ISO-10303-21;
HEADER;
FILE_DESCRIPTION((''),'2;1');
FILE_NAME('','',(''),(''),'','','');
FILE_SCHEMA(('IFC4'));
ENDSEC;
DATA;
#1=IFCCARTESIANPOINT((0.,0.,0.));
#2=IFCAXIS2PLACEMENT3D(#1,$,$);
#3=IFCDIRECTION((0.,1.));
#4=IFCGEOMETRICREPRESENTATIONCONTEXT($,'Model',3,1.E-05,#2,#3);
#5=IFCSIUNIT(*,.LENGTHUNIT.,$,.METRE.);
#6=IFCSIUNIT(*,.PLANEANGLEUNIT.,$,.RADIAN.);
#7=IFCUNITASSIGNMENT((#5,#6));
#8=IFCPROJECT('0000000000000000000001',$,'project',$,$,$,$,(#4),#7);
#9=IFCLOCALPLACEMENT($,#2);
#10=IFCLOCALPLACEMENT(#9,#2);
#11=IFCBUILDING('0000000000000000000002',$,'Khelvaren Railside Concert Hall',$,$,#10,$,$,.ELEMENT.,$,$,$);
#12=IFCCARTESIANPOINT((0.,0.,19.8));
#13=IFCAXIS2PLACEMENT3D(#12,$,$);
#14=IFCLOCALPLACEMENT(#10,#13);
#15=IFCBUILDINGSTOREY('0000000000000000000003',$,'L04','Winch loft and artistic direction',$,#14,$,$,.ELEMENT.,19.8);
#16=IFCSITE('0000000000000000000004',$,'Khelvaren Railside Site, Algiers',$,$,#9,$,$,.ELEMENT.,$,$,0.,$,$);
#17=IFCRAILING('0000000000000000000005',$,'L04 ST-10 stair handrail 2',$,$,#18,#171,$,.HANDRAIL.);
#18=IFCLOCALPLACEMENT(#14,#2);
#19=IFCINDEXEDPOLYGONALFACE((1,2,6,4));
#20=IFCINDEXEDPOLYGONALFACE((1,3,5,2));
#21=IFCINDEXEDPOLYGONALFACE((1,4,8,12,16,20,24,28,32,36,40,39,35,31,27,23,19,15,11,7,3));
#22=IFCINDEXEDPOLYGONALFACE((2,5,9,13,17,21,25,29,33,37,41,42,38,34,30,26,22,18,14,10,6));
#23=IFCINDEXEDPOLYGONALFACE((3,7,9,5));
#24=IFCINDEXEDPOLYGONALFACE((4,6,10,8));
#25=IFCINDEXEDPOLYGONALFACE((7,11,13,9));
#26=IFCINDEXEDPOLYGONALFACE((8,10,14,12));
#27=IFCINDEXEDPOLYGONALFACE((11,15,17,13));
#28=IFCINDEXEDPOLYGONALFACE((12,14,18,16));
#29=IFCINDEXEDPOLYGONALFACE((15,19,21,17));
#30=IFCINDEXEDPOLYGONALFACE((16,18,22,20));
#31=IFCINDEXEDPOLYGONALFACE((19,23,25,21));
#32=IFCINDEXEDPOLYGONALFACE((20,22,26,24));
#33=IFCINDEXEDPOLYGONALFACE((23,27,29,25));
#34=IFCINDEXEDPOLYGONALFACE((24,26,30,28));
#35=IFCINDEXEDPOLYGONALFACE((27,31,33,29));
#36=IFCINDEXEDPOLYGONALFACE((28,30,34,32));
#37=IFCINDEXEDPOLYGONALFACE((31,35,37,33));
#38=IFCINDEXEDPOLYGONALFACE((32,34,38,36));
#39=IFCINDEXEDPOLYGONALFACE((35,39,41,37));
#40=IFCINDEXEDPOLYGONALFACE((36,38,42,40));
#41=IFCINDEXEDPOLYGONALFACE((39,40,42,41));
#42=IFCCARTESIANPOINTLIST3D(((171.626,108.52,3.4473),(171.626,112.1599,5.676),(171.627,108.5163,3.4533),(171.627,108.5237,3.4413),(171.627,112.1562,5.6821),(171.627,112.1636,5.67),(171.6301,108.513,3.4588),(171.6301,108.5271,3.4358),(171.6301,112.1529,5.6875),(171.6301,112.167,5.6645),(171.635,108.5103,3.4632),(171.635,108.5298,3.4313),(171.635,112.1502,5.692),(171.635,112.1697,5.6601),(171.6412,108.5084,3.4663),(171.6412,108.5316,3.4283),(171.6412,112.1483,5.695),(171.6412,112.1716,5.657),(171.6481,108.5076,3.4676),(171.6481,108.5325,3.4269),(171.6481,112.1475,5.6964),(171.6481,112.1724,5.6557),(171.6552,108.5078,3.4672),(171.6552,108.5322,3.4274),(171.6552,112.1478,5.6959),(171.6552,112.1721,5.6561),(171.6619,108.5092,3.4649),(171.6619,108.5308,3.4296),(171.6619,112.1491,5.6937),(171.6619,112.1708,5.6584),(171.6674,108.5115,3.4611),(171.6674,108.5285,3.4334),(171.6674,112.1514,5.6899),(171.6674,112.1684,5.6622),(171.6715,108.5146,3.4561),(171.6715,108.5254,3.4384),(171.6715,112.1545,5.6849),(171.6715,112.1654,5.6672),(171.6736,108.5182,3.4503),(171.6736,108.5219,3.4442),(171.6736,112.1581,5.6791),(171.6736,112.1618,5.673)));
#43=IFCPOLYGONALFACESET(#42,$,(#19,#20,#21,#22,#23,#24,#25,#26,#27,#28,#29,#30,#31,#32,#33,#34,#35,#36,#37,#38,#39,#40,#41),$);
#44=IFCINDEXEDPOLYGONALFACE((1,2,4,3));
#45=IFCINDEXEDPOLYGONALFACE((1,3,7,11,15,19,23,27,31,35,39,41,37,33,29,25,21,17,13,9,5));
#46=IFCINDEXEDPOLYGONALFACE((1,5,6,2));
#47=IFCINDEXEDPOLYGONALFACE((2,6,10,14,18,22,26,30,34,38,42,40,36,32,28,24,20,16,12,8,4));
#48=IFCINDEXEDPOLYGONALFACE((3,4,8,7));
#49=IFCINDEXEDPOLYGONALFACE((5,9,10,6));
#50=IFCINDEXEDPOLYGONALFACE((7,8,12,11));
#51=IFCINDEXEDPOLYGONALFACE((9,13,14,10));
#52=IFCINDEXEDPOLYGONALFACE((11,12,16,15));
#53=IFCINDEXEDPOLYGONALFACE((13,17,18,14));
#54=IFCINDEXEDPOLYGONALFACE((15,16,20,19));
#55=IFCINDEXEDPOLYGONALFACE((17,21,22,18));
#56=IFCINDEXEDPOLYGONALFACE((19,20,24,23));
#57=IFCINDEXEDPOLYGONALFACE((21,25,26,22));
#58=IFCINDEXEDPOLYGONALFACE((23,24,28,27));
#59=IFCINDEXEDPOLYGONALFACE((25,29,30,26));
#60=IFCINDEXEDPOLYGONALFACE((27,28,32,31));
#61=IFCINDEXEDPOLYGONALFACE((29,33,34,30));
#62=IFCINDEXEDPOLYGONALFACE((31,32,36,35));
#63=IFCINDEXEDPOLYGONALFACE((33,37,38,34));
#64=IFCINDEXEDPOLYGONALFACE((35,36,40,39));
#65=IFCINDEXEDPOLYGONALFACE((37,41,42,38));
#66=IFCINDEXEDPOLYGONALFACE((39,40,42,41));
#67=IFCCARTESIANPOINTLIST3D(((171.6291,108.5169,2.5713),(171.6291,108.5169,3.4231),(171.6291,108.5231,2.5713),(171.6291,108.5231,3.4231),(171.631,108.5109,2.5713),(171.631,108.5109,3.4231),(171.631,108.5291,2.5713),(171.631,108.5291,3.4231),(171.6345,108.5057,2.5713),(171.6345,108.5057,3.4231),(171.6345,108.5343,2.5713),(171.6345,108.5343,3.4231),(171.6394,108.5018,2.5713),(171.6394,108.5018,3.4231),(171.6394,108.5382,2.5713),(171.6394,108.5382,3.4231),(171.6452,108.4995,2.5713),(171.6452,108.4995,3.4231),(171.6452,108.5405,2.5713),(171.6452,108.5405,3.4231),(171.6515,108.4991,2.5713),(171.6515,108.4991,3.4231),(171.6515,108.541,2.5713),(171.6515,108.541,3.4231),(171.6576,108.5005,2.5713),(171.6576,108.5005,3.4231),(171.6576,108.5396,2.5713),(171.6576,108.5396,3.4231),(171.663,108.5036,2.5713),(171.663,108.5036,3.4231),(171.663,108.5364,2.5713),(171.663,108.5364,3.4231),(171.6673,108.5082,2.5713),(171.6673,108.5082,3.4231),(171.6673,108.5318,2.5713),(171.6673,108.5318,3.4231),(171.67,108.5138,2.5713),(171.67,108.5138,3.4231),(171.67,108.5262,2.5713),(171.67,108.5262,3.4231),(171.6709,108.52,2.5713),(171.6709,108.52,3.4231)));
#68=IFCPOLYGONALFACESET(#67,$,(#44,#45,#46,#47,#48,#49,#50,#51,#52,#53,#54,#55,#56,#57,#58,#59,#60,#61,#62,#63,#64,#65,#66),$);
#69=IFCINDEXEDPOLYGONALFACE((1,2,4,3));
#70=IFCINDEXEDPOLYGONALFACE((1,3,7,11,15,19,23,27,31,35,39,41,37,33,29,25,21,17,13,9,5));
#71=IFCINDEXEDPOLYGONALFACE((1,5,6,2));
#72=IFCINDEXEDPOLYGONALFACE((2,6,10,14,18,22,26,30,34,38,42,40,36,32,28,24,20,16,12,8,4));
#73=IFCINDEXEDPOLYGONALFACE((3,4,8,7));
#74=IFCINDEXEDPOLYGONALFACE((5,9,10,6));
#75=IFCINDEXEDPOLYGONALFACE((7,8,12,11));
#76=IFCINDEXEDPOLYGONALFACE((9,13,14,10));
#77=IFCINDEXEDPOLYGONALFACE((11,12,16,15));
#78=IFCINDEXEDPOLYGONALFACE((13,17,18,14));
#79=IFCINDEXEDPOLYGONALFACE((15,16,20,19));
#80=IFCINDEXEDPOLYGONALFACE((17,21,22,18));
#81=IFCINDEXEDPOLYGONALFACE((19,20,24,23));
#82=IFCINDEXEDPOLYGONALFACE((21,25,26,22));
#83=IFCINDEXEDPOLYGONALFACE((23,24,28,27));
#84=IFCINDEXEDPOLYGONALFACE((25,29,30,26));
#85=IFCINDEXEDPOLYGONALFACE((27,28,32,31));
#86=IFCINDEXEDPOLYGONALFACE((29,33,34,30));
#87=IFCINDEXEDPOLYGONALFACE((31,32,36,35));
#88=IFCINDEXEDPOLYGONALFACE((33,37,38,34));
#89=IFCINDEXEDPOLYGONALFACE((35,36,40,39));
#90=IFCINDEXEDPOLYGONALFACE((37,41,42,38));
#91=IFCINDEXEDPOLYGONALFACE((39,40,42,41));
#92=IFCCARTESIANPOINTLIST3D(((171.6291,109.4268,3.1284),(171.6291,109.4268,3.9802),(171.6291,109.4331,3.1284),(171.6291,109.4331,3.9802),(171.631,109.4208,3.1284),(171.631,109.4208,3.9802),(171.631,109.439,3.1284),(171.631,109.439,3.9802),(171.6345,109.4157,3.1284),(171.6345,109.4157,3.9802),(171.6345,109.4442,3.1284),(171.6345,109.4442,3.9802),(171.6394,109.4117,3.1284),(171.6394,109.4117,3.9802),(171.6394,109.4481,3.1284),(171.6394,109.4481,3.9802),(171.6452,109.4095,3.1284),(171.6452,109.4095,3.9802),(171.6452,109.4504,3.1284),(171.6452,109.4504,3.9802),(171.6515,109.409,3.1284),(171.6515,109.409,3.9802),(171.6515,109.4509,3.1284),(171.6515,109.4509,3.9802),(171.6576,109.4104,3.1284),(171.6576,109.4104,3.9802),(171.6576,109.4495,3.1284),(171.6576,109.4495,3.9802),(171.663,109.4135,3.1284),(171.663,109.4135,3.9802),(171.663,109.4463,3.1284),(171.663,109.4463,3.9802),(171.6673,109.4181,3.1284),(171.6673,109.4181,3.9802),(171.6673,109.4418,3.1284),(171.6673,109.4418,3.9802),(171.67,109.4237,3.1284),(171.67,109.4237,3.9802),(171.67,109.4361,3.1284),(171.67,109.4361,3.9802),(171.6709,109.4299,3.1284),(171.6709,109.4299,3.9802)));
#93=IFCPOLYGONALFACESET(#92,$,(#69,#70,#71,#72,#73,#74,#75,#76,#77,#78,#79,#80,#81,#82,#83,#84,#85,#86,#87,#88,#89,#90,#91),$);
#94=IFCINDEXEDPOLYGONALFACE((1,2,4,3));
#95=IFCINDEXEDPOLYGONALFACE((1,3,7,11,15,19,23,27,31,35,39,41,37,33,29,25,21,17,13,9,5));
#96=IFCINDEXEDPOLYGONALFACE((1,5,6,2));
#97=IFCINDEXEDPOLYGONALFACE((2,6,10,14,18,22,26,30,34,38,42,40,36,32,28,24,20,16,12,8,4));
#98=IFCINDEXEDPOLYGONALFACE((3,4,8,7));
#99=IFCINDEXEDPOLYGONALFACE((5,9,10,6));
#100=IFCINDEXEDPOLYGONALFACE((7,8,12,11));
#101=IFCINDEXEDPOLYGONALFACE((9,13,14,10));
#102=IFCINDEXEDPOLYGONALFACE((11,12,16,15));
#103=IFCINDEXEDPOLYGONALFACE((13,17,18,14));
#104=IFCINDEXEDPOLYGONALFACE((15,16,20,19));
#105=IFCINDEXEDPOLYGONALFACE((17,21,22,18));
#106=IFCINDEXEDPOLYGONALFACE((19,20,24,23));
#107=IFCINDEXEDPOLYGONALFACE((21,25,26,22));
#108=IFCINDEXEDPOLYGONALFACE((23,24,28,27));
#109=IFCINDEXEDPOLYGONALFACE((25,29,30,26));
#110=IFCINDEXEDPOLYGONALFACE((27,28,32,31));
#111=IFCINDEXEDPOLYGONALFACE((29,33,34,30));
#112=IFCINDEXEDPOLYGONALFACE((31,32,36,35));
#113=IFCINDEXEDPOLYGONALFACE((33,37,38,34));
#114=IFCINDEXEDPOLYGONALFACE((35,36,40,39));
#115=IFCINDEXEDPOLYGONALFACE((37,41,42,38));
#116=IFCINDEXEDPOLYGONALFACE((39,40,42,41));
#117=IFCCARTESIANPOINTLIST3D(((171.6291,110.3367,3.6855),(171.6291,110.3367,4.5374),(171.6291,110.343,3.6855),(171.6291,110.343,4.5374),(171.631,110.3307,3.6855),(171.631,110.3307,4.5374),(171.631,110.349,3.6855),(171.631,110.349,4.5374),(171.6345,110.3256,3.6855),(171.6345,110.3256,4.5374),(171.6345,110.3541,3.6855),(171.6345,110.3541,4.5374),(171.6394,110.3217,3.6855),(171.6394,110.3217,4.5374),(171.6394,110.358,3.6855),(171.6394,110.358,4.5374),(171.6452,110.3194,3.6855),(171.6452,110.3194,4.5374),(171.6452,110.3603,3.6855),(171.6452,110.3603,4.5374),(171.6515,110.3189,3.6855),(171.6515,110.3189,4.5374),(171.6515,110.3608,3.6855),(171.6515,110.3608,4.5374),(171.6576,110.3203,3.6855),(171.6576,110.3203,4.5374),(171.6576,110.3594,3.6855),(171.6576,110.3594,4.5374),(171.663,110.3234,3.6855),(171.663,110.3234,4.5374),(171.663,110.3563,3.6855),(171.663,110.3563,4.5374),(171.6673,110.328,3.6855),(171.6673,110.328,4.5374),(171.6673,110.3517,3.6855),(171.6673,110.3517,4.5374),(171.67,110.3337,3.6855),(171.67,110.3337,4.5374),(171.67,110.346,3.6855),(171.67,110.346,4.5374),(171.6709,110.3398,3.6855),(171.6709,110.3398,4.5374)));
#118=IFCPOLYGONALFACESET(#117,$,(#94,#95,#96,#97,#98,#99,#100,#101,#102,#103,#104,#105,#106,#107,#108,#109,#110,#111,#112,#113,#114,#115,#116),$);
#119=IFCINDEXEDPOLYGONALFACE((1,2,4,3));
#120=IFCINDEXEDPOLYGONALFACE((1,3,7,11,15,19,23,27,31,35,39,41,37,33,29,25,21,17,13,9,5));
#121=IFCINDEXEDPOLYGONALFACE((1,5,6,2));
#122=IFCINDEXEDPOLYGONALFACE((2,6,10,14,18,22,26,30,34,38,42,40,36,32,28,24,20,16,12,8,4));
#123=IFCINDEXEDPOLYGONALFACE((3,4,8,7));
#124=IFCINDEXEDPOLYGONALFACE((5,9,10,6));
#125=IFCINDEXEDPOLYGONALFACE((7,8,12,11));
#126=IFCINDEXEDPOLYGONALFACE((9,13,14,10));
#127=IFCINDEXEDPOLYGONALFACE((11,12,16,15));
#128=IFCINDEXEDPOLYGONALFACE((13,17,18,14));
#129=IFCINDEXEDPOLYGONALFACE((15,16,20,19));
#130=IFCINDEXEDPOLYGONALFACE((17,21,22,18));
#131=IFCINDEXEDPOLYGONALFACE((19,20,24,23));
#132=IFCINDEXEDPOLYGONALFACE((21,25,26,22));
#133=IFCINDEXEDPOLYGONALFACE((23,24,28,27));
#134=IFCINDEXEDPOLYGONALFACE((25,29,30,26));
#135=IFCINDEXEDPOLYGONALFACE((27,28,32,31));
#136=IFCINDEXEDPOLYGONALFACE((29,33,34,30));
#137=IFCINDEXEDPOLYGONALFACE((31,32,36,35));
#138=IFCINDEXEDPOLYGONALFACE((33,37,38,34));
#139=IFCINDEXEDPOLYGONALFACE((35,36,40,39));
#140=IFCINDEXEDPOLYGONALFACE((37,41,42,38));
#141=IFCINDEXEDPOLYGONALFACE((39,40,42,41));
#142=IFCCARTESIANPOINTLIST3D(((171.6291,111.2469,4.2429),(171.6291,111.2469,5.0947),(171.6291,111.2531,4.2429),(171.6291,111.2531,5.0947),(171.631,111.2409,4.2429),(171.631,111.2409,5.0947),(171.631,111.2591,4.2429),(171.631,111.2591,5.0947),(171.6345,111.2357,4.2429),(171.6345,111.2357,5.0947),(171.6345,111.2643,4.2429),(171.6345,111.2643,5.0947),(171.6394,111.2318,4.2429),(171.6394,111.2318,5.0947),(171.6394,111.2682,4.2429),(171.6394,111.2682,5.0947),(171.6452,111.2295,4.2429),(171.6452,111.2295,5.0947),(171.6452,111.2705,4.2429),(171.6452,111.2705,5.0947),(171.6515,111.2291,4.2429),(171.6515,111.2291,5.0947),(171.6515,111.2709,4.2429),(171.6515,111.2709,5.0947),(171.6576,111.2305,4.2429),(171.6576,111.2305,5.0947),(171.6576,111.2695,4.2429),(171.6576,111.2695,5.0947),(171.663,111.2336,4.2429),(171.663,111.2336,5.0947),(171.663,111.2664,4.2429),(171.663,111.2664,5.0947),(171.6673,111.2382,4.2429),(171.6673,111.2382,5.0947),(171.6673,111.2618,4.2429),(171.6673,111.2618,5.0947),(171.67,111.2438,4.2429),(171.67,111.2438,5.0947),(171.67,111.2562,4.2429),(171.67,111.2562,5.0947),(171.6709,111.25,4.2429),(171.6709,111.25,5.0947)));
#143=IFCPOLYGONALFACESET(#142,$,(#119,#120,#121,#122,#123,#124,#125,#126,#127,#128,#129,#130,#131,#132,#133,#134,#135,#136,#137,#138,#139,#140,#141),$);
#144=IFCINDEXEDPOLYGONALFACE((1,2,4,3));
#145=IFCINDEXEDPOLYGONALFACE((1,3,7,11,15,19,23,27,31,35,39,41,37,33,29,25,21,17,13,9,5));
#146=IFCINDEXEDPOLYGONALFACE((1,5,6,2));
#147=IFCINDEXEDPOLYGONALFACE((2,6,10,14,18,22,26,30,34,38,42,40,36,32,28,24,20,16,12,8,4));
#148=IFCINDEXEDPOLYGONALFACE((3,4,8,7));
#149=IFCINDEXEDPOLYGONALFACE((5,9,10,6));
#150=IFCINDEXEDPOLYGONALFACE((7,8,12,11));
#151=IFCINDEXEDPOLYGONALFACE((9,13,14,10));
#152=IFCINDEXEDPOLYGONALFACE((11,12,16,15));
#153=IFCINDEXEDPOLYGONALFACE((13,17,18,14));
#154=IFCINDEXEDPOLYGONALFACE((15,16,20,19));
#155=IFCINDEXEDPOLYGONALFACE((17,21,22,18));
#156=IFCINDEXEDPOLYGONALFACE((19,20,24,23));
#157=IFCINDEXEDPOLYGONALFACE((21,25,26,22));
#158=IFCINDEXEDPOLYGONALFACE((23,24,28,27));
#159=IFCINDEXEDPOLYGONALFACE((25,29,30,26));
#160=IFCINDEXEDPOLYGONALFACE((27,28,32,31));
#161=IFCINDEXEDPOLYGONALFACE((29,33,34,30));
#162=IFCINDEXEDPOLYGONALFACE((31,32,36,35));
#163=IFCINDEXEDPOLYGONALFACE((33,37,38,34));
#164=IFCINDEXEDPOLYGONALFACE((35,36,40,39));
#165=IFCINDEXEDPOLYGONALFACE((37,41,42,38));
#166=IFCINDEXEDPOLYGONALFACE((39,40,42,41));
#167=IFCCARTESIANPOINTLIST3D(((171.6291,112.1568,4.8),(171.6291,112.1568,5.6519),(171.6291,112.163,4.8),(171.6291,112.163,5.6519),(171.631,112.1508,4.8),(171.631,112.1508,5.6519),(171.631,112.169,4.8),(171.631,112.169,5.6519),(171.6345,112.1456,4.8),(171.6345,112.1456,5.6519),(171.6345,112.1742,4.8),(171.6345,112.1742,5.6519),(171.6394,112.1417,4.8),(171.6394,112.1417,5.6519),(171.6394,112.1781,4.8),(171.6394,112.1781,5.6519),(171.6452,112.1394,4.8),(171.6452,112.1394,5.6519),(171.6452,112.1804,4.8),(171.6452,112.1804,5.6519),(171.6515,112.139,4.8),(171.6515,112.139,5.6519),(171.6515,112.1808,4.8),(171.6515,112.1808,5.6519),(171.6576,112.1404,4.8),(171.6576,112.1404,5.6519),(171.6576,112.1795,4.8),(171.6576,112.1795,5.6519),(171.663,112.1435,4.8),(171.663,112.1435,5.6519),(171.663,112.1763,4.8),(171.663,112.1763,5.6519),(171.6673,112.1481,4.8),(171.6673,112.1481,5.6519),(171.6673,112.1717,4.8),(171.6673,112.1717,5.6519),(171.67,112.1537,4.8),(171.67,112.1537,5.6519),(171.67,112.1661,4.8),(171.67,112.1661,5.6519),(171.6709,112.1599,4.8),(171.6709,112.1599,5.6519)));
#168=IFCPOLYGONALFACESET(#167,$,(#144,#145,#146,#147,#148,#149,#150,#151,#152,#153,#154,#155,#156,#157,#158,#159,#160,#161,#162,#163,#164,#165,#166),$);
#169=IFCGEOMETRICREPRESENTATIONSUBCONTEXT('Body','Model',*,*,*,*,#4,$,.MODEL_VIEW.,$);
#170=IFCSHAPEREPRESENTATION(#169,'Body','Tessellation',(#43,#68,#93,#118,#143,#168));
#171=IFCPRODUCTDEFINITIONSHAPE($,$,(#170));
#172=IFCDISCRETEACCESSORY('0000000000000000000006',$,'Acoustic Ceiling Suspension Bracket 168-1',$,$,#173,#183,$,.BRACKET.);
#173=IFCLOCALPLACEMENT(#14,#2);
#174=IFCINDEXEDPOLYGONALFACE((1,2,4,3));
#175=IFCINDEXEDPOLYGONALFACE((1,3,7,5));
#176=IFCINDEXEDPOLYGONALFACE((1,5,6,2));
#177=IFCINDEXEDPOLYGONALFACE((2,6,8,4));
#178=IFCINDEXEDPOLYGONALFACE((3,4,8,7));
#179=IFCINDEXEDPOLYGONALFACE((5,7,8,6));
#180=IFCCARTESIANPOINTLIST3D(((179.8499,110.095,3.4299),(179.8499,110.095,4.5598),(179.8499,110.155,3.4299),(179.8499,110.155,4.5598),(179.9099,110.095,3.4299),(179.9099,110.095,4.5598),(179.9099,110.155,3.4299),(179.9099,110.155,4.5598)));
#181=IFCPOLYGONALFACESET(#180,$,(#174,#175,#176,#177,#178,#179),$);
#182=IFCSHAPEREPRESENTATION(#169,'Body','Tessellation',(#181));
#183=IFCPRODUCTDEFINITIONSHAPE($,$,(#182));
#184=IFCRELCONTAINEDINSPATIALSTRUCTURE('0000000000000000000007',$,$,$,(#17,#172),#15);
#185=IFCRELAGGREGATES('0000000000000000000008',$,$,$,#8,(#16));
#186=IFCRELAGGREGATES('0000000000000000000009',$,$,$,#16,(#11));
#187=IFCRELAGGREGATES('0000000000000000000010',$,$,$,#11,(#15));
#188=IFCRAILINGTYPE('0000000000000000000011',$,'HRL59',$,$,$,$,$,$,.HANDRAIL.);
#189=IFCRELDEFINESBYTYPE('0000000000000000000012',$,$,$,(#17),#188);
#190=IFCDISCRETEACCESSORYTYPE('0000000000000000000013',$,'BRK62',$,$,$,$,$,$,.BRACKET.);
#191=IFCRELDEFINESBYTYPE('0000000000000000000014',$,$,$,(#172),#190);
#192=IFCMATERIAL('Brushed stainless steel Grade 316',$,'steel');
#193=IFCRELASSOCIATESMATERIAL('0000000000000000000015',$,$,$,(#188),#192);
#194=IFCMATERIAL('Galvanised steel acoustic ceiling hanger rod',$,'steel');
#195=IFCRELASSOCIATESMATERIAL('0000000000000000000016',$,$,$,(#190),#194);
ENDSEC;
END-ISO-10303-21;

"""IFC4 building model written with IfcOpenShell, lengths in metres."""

from ifc_helpers import new_model, si_unit, direction, frame, origin, origin_2d, place, context, subcontext, project, spatial, rectangle, circle, extrude, material, type_object, element, save


model = new_model("IFC4")

# Units and contexts
model_context = context("Model", 3, precision=1e-05, world=origin(), true_north=direction((0.0, 1.0)))
body_context = subcontext(model_context, "Body", "Model", "MODEL_VIEW")
ifc_project = project(units=[si_unit("LENGTHUNIT", "METRE"), si_unit("PLANEANGLEUNIT", "RADIAN")], contexts=[model_context])

# Site, building, storey
site_placement = place(None, origin())
site = spatial("IfcSite", under=ifc_project, at=site_placement, Name="Khelvaren Railside Site, Algiers", CompositionType="ELEMENT", RefElevation=0.0)
building_placement = place(site_placement, origin())
building = spatial("IfcBuilding", under=site, at=building_placement, Name="Khelvaren Railside Concert Hall", CompositionType="ELEMENT")
storey_placement = place(building_placement, frame((0.0, 0.0, 19.8)))
storey = spatial("IfcBuildingStorey", under=building, at=storey_placement, Name="L04", Description="Winch loft and artistic direction", CompositionType="ELEMENT", Elevation=19.8)

# Railing
ifc_material_1 = material(Name="Brushed stainless steel Grade 316", Category="steel")
railing_type_1 = type_object("IfcRailingType", Name="HRL59", PredefinedType="HANDRAIL", material=ifc_material_1)
railing_1_placement = place(storey_placement, frame((171.6499, 108.52, 2.5713)))
element("IfcRailing", 1, at=railing_1_placement, inside=storey, type_object=railing_type_1, Name="L04 ST-10 stair handrail 2", PredefinedType="HANDRAIL", context=body_context, shape_type="SweptSolid", body=[
    extrude(circle(Radius=0.0239, at=origin_2d()), frame((0.0, 0.0, 0.876), z_axis=(0.0, 0.852825, 0.522197), x_axis=(-1.0, 0.0, 0.0)), (0.0, 0.0, 1.0), 4.2681),
    extrude(circle(Radius=0.021, at=origin_2d()), origin(), (0.0, 0.0, 1.0), 0.8518),
    extrude(circle(Radius=0.021, at=origin_2d()), frame((0.0, 0.9099, 0.5571)), (0.0, 0.0, 1.0), 0.8518),
    extrude(circle(Radius=0.021, at=origin_2d()), frame((0.0, 1.8198, 1.1143)), (0.0, 0.0, 1.0), 0.8518),
    extrude(circle(Radius=0.021, at=origin_2d()), frame((0.0, 2.73, 1.6716)), (0.0, 0.0, 1.0), 0.8518),
    extrude(circle(Radius=0.021, at=origin_2d()), frame((0.0, 3.6399, 2.2288)), (0.0, 0.0, 1.0), 0.8518),
])

# Discrete accessory
ifc_material_2 = material(Name="Galvanised steel acoustic ceiling hanger rod", Category="steel")
discrete_accessory_type = type_object("IfcDiscreteAccessoryType", Name="BRK62", PredefinedType="BRACKET", material=ifc_material_2)
discrete_accessory_placement = place(storey_placement, frame((179.8799, 110.125, 3.4299), z_axis=(0.0, 0.0, 1.0), x_axis=(1.0, 0.0, 0.0)))
element("IfcDiscreteAccessory", 2, at=discrete_accessory_placement, inside=storey, type_object=discrete_accessory_type, Name="Acoustic Ceiling Suspension Bracket 168-1", PredefinedType="BRACKET", context=body_context, shape_type="SweptSolid", body=[
    extrude(rectangle(XDim=0.0601, YDim=0.0601, at=origin_2d()), origin(), (0.0, 0.0, 1.0), 1.1299),
])

save(model, "model.ifc")
